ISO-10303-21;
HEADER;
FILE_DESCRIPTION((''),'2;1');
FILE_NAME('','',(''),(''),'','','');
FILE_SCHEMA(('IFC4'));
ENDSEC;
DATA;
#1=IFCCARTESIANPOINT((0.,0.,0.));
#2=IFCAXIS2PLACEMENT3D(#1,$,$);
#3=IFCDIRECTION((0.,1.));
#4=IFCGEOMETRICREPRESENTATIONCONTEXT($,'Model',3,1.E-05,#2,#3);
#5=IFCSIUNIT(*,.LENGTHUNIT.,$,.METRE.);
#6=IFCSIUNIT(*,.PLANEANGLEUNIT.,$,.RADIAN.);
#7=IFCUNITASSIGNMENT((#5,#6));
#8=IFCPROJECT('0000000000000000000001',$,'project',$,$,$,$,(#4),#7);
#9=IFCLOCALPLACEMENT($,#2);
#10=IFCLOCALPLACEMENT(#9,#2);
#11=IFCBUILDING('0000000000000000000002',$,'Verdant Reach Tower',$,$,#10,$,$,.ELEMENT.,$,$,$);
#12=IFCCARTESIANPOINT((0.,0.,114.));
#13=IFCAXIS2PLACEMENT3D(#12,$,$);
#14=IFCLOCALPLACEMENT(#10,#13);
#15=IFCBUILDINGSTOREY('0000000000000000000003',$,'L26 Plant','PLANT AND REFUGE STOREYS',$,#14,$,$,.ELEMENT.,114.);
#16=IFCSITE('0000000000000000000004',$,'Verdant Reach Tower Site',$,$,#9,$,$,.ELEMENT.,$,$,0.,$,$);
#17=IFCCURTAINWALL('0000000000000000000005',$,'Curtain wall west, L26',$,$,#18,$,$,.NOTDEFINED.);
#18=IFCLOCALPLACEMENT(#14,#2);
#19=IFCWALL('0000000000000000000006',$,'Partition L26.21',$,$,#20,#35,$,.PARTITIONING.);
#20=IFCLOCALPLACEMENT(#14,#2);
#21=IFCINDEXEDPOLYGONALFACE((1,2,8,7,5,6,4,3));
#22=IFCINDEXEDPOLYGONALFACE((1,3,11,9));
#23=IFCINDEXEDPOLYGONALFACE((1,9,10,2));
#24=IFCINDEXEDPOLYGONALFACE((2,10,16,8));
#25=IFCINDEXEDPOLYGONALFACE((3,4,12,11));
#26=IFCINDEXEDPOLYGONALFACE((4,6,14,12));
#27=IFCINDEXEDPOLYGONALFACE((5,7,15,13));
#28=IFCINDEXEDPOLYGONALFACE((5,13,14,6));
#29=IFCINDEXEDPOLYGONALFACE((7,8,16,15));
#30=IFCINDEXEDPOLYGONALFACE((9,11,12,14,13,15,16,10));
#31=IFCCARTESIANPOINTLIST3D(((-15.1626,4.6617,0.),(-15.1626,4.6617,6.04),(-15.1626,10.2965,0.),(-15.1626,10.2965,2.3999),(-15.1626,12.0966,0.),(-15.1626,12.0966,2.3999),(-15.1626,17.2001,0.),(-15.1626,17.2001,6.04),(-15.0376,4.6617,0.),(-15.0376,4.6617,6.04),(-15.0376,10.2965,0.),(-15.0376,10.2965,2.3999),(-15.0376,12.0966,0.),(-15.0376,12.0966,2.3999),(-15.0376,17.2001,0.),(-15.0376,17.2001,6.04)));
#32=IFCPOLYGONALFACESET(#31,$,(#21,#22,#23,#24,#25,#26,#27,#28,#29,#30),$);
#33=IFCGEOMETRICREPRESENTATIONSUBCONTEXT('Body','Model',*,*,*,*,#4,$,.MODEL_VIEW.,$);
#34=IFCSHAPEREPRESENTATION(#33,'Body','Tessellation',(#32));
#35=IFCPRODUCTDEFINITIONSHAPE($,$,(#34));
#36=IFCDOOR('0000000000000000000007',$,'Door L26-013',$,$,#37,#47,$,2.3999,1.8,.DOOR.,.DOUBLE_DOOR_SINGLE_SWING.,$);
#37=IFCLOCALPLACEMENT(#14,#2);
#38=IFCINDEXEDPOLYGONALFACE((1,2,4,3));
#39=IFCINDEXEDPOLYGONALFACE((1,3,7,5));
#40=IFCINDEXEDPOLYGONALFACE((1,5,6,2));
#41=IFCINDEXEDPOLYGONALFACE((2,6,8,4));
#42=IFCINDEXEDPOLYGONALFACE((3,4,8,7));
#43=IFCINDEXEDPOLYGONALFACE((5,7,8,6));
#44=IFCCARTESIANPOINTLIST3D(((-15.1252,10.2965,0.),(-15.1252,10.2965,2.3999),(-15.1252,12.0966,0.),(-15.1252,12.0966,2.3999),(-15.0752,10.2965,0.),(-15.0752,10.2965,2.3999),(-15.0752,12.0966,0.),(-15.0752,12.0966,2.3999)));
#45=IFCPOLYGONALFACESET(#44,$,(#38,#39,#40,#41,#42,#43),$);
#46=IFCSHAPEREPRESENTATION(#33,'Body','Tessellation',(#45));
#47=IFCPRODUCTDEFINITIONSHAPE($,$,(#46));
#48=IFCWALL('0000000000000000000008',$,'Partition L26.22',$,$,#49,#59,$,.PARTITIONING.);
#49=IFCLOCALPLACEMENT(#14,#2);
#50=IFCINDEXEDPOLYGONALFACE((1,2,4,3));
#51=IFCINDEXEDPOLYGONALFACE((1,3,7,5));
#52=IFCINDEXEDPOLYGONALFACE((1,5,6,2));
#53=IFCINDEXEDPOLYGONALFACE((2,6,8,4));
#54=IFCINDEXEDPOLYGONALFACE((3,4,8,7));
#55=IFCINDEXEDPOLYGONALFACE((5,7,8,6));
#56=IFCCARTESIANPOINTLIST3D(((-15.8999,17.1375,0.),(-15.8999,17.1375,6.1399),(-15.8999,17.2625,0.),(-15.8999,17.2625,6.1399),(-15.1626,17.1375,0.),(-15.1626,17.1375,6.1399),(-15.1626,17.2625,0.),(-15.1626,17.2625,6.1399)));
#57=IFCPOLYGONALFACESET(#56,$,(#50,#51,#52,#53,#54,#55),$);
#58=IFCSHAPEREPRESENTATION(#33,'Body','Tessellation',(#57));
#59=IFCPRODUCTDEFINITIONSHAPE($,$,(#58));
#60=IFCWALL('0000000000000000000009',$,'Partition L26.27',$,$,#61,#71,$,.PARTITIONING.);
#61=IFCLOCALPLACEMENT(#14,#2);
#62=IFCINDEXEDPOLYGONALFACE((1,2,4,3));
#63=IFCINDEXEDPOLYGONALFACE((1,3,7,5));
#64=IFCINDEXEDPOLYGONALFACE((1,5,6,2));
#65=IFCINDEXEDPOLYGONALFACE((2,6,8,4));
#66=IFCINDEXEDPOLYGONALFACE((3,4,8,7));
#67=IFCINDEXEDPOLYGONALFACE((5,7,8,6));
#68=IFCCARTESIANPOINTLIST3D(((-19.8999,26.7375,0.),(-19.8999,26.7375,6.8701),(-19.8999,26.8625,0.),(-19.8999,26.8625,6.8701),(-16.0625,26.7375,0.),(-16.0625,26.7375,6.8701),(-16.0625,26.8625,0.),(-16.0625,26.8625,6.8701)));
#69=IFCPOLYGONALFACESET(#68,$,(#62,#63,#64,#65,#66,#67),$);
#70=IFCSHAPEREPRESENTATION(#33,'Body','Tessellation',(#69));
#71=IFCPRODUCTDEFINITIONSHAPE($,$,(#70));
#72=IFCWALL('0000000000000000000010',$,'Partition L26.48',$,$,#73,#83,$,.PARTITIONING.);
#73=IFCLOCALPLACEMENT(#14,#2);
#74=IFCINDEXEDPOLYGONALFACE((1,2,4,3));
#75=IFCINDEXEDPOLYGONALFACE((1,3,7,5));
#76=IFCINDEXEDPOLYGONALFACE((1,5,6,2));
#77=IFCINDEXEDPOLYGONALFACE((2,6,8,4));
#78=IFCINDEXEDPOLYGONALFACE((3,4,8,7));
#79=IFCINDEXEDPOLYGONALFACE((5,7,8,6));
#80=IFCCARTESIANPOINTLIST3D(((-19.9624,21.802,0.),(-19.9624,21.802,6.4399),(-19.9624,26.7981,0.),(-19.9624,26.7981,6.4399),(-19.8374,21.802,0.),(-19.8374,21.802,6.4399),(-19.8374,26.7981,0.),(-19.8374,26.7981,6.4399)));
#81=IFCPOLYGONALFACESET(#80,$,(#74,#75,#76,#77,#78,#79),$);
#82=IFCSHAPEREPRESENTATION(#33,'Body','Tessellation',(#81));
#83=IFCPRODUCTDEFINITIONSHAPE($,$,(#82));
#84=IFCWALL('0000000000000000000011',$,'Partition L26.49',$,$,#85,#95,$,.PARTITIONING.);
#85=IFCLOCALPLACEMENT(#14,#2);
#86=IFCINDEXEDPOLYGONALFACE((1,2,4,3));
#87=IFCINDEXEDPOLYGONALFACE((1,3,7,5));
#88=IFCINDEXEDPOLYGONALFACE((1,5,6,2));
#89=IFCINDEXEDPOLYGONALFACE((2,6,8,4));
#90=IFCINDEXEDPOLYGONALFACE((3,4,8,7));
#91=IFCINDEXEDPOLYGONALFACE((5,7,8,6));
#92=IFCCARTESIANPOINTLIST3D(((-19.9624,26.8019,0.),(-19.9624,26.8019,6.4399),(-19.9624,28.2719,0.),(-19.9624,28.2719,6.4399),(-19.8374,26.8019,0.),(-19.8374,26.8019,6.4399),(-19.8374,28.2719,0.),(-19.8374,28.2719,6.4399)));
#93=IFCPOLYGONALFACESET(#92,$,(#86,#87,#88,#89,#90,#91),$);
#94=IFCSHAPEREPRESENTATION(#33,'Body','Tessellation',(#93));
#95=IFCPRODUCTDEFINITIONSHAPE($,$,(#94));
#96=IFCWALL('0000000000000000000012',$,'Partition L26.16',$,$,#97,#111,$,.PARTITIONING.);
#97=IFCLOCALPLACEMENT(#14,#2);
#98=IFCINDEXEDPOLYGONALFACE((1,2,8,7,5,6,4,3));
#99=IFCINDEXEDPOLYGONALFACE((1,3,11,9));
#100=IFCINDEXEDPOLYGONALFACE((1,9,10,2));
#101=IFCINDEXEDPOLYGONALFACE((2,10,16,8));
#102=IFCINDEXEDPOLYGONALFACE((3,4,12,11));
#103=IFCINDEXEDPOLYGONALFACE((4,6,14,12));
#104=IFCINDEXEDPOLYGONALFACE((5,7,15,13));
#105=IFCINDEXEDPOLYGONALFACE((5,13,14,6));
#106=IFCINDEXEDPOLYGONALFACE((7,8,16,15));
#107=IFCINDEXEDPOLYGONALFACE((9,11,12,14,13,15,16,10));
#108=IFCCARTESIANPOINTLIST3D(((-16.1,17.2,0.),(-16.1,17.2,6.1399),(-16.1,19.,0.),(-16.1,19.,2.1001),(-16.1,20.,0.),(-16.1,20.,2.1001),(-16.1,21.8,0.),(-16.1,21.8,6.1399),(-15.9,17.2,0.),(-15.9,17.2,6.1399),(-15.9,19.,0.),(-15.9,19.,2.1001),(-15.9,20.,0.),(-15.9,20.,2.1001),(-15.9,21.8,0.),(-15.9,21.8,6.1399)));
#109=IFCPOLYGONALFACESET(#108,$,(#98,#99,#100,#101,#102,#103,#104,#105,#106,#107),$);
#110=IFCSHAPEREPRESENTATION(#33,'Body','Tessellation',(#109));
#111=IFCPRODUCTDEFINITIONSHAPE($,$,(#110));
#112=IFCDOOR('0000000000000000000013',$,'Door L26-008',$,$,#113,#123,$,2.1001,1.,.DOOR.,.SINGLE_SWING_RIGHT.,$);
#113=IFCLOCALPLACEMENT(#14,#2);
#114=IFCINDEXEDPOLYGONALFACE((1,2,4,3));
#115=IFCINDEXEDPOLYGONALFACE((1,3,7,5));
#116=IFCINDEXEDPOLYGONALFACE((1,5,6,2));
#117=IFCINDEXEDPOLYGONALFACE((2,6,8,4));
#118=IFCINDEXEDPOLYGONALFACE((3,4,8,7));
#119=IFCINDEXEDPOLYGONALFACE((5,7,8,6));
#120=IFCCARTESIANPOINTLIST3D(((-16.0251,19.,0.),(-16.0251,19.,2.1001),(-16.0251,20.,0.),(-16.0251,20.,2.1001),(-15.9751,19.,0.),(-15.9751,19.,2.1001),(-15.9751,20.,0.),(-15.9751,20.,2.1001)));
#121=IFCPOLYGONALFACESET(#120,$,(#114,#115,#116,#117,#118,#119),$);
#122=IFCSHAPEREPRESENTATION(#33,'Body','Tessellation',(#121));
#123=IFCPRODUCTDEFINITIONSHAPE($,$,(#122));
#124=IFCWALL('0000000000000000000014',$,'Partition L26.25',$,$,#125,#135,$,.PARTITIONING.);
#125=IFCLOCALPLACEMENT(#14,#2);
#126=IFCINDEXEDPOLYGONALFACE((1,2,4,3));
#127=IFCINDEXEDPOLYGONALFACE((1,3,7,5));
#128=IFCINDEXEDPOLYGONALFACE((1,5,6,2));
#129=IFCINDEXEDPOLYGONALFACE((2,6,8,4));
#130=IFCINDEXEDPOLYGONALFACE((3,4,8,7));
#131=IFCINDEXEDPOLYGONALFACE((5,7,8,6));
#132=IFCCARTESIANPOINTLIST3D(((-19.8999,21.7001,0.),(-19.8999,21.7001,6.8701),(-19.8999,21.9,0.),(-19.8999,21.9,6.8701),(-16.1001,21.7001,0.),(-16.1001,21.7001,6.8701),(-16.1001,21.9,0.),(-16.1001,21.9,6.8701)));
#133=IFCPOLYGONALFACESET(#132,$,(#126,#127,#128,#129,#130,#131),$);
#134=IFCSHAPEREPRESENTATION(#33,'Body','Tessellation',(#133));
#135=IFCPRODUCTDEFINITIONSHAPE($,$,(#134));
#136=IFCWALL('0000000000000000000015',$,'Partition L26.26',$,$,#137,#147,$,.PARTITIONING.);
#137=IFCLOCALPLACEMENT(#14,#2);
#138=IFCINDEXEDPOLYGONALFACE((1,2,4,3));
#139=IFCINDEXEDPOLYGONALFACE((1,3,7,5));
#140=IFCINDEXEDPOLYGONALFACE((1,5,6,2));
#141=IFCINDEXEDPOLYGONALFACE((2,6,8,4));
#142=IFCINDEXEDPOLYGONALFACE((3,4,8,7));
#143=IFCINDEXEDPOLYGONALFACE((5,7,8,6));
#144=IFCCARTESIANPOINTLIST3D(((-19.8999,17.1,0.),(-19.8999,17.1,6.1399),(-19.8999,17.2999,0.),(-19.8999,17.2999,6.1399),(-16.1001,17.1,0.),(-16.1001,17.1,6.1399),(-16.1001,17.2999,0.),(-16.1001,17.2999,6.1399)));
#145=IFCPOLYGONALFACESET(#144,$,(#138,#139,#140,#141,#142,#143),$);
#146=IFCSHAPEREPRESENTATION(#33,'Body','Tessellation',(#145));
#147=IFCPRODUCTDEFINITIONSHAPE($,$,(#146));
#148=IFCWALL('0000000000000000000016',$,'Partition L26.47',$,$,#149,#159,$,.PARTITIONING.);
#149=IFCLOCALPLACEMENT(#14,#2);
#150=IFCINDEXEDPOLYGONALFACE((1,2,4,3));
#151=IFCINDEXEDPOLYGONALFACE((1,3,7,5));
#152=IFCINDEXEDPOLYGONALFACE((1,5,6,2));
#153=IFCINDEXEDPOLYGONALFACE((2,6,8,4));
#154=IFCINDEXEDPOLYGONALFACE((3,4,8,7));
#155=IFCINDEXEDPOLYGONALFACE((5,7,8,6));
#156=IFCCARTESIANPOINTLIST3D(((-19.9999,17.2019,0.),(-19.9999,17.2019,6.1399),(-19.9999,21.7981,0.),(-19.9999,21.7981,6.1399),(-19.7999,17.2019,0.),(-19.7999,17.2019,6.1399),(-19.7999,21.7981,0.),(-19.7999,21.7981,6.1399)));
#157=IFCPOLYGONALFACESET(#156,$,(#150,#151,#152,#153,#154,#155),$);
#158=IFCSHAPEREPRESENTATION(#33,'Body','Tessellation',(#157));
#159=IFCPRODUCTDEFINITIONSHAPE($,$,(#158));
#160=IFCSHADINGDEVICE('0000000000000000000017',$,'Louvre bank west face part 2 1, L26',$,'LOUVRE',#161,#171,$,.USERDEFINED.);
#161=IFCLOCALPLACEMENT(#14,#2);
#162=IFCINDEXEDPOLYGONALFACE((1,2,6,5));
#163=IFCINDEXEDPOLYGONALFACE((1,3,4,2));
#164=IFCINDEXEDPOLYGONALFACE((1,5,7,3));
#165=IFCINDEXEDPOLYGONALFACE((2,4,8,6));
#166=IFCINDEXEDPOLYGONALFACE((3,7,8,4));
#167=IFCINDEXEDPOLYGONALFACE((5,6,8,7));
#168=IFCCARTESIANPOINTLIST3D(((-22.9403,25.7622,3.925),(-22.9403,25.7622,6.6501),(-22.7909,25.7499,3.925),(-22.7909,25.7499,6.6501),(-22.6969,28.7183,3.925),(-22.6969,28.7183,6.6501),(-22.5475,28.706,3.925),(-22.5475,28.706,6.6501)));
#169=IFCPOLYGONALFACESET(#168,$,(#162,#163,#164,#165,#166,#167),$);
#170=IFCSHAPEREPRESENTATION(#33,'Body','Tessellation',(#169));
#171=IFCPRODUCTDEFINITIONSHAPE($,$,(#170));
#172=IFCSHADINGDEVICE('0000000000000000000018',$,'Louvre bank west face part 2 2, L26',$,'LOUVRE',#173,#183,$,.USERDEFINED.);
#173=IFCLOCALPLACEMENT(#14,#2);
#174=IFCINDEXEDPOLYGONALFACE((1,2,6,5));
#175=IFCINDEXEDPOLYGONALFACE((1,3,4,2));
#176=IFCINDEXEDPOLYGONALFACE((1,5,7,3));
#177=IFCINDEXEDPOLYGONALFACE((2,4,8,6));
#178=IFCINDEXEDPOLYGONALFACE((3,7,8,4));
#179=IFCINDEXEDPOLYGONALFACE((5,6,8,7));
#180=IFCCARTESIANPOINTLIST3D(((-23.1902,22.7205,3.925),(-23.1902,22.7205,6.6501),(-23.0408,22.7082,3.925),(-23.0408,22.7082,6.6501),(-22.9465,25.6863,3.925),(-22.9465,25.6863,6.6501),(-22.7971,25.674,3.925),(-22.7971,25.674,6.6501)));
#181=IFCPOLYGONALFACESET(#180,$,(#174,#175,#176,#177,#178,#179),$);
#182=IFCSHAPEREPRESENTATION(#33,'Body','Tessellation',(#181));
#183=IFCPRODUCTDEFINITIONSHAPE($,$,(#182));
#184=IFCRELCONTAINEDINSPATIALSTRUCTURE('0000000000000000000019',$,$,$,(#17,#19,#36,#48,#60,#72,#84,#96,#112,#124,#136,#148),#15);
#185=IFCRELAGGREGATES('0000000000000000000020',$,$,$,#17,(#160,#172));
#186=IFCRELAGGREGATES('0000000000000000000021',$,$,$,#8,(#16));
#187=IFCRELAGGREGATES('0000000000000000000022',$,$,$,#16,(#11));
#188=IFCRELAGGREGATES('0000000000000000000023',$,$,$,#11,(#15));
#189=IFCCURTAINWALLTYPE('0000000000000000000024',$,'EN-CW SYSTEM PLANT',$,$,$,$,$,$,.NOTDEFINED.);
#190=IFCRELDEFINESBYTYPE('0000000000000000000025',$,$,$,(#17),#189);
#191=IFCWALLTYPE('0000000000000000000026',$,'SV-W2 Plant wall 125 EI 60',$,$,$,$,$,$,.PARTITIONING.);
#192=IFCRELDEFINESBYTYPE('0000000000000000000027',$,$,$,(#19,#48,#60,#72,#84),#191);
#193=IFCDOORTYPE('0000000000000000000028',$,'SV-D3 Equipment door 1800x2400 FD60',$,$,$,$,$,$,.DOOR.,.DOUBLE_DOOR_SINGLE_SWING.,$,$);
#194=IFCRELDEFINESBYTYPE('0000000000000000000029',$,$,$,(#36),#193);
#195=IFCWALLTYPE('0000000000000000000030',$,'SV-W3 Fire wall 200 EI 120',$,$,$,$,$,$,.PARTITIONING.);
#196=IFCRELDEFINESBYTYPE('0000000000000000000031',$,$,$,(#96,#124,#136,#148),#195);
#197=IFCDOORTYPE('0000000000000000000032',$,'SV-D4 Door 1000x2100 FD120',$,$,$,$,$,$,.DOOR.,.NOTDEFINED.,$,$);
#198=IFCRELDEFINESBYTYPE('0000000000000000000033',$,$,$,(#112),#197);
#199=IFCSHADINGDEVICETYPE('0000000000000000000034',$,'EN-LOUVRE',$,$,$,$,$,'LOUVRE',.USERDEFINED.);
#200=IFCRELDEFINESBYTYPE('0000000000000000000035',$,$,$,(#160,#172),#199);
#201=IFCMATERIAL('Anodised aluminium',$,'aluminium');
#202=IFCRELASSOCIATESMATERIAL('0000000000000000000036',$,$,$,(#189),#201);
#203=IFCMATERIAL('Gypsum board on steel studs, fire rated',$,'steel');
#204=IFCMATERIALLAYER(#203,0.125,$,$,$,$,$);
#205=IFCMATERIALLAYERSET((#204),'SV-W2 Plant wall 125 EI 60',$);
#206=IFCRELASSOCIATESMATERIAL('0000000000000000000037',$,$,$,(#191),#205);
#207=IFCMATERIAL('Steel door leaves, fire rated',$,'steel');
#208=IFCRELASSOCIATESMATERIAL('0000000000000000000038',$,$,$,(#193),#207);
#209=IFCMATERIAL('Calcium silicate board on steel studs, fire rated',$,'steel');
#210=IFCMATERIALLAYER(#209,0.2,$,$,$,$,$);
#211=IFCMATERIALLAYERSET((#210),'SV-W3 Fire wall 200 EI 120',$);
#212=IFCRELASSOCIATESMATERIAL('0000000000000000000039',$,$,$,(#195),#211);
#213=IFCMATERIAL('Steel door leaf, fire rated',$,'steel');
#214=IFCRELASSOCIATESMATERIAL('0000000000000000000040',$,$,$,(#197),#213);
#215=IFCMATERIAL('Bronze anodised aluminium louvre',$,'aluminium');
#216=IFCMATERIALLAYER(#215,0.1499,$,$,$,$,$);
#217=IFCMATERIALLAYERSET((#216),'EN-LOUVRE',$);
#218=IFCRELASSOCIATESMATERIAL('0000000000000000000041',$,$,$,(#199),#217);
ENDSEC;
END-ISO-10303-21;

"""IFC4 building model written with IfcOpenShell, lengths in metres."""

from ifc_helpers import new_model, si_unit, direction, frame, frame_2d, origin, origin_2d, place, context, subcontext, project, spatial, rectangle, extrude, material, layer, layer_set, type_object, element, fill, aggregate, save


model = new_model("IFC4")

# Units and contexts
model_context = context("Model", 3, precision=1e-05, world=origin(), true_north=direction((0.0, 1.0)))
body_context = subcontext(model_context, "Body", "Model", "MODEL_VIEW")
ifc_project = project(units=[si_unit("LENGTHUNIT", "METRE"), si_unit("PLANEANGLEUNIT", "RADIAN")], contexts=[model_context])

# Site, building, storey
site_placement = place(None, origin())
site = spatial("IfcSite", under=ifc_project, at=site_placement, Name="Verdant Reach Tower Site", CompositionType="ELEMENT", RefElevation=0.0)
building_placement = place(site_placement, origin())
building = spatial("IfcBuilding", under=site, at=building_placement, Name="Verdant Reach Tower", CompositionType="ELEMENT")
storey_placement = place(building_placement, frame((0.0, 0.0, 114.0)))
storey = spatial("IfcBuildingStorey", under=building, at=storey_placement, Name="L26 Plant", Description="PLANT AND REFUGE STOREYS", CompositionType="ELEMENT", Elevation=114.0)

# Curtain wall
ifc_material_1 = material(Name="Anodised aluminium", Category="aluminium")
curtain_wall_type = type_object("IfcCurtainWallType", Name="EN-CW SYSTEM PLANT", PredefinedType="NOTDEFINED", material=ifc_material_1)
curtain_wall_placement = place(storey_placement, origin())
curtain_wall = element("IfcCurtainWall", 1, at=curtain_wall_placement, inside=storey, type_object=curtain_wall_type, Name="Curtain wall west, L26", PredefinedType="NOTDEFINED")

# Wall, opening, door
ifc_material_2 = material(Name="Gypsum board on steel studs, fire rated", Category="steel")
ifc_layer_1 = layer(ifc_material_2, 0.125)
ifc_layer_set_1 = layer_set([ifc_layer_1], Name="SV-W2 Plant wall 125 EI 60")
wall_type_1 = type_object("IfcWallType", Name="SV-W2 Plant wall 125 EI 60", PredefinedType="PARTITIONING", material=ifc_layer_set_1)
ifc_material_3 = material(Name="Steel door leaves, fire rated", Category="steel")
door_type_1 = type_object("IfcDoorType", Name="SV-D3 Equipment door 1800x2400 FD60", OperationType="DOUBLE_DOOR_SINGLE_SWING", PredefinedType="DOOR", material=ifc_material_3)
wall_1_placement = place(storey_placement, frame((-15.1001, 17.2, 0.0), z_axis=(0.0, 0.0, 1.0), x_axis=(0.0, -1.0, 0.0)))
wall_1 = element("IfcWall", 2, at=wall_1_placement, inside=storey, type_object=wall_type_1, Name="Partition L26.21", PredefinedType="PARTITIONING", context=body_context, shape_type="SweptSolid", body=[
    extrude(rectangle(XDim=12.5383, YDim=0.125, at=frame_2d((6.269, 0.0))), origin(), (0.0, 0.0, 1.0), 6.04),
])
opening_1_placement = place(wall_1_placement, frame((5.1035, 0.0, 0.0)))
opening_1 = element("IfcOpeningElement", 3, at=opening_1_placement, cuts=wall_1, PredefinedType="OPENING", context=body_context, shape_type="SweptSolid", body=[
    extrude(rectangle(XDim=1.8, YDim=2.3999, at=frame_2d((0.8999, 1.2))), frame((0.0, 0.0725, 0.0), z_axis=(0.0, -1.0, 0.0), x_axis=(1.0, 0.0, 0.0)), (0.0, 0.0, 1.0), 0.145),
])
door_1_placement = place(opening_1_placement, origin())
door_1 = element("IfcDoor", 4, at=door_1_placement, inside=storey, type_object=door_type_1, Name="Door L26-013", OperationType="DOUBLE_DOOR_SINGLE_SWING", OverallHeight=2.3999, OverallWidth=1.8, PredefinedType="DOOR", context=body_context, shape_type="SweptSolid", body=[
    extrude(rectangle(XDim=1.8, YDim=2.3999, at=frame_2d((0.8999, 1.2))), frame((0.0, 0.0249, 0.0), z_axis=(0.0, -1.0, 0.0), x_axis=(1.0, 0.0, 0.0)), (0.0, 0.0, 1.0), 0.05),
])
fill(opening_1, door_1)

# Walls
wall_2_placement = place(storey_placement, frame((-15.1626, 17.2, 0.0), z_axis=(0.0, 0.0, 1.0), x_axis=(-1.0, 0.0, 0.0)))
element("IfcWall", 5, at=wall_2_placement, inside=storey, type_object=wall_type_1, Name="Partition L26.22", PredefinedType="PARTITIONING", context=body_context, shape_type="SweptSolid", body=[
    extrude(rectangle(XDim=0.7373, YDim=0.125, at=frame_2d((0.3687, 0.0))), origin(), (0.0, 0.0, 1.0), 6.1399),
])
wall_3_placement = place(storey_placement, frame((-19.8999, 26.8, 0.0), z_axis=(0.0, 0.0, 1.0), x_axis=(1.0, 0.0, 0.0)))
element("IfcWall", 6, at=wall_3_placement, inside=storey, type_object=wall_type_1, Name="Partition L26.27", PredefinedType="PARTITIONING", context=body_context, shape_type="SweptSolid", body=[
    extrude(rectangle(XDim=3.8374, YDim=0.125, at=frame_2d((1.9187, 0.0))), origin(), (0.0, 0.0, 1.0), 6.8701),
])
wall_4_placement = place(storey_placement, frame((-19.8999, 21.802, 0.0), z_axis=(0.0, 0.0, 1.0), x_axis=(0.0, 1.0, 0.0)))
element("IfcWall", 7, at=wall_4_placement, inside=storey, type_object=wall_type_1, Name="Partition L26.48", PredefinedType="PARTITIONING", context=body_context, shape_type="SweptSolid", body=[
    extrude(rectangle(XDim=4.9961, YDim=0.125, at=frame_2d((2.498, 0.0))), origin(), (0.0, 0.0, 1.0), 6.4399),
])
wall_5_placement = place(storey_placement, frame((-19.8999, 26.802, 0.0), z_axis=(0.0, 0.0, 1.0), x_axis=(0.0, 1.0, 0.0)))
element("IfcWall", 8, at=wall_5_placement, inside=storey, type_object=wall_type_1, Name="Partition L26.49", PredefinedType="PARTITIONING", context=body_context, shape_type="SweptSolid", body=[
    extrude(rectangle(XDim=1.47, YDim=0.125, at=frame_2d((0.7349, 0.0))), origin(), (0.0, 0.0, 1.0), 6.4399),
])

# Wall, opening, door
ifc_material_4 = material(Name="Calcium silicate board on steel studs, fire rated", Category="steel")
ifc_layer_2 = layer(ifc_material_4, 0.2)
ifc_layer_set_2 = layer_set([ifc_layer_2], Name="SV-W3 Fire wall 200 EI 120")
wall_type_2 = type_object("IfcWallType", Name="SV-W3 Fire wall 200 EI 120", PredefinedType="PARTITIONING", material=ifc_layer_set_2)
wall_6_placement = place(storey_placement, frame((-16.0, 21.8, 0.0), z_axis=(0.0, 0.0, 1.0), x_axis=(0.0, -1.0, 0.0)))
wall_6 = element("IfcWall", 9, at=wall_6_placement, inside=storey, type_object=wall_type_2, Name="Partition L26.16", PredefinedType="PARTITIONING", context=body_context, shape_type="SweptSolid", body=[
    extrude(rectangle(XDim=4.6001, YDim=0.2, at=frame_2d((2.3, 0.0))), origin(), (0.0, 0.0, 1.0), 6.1399),
])
opening_2_placement = place(wall_6_placement, frame((1.8, 0.0, 0.0)))
opening_2 = element("IfcOpeningElement", 10, at=opening_2_placement, cuts=wall_6, PredefinedType="OPENING", context=body_context, shape_type="SweptSolid", body=[
    extrude(rectangle(XDim=1.0, YDim=2.1001, at=frame_2d((0.5, 1.05))), frame((0.0, 0.1099, 0.0), z_axis=(0.0, -1.0, 0.0), x_axis=(1.0, 0.0, 0.0)), (0.0, 0.0, 1.0), 0.22),
])
ifc_material_5 = material(Name="Steel door leaf, fire rated", Category="steel")
door_type_2 = type_object("IfcDoorType", Name="SV-D4 Door 1000x2100 FD120", OperationType="NOTDEFINED", PredefinedType="DOOR", material=ifc_material_5)
door_2_placement = place(opening_2_placement, origin())
door_2 = element("IfcDoor", 11, at=door_2_placement, inside=storey, type_object=door_type_2, Name="Door L26-008", OperationType="SINGLE_SWING_RIGHT", OverallHeight=2.1001, OverallWidth=1.0, PredefinedType="DOOR", context=body_context, shape_type="SweptSolid", body=[
    extrude(rectangle(XDim=1.0, YDim=2.1001, at=frame_2d((0.5, 1.05))), frame((0.0, 0.0249, 0.0), z_axis=(0.0, -1.0, 0.0), x_axis=(1.0, 0.0, 0.0)), (0.0, 0.0, 1.0), 0.05),
])
fill(opening_2, door_2)

# Walls
wall_7_placement = place(storey_placement, frame((-19.8999, 21.8, 0.0), z_axis=(0.0, 0.0, 1.0), x_axis=(1.0, 0.0, 0.0)))
element("IfcWall", 12, at=wall_7_placement, inside=storey, type_object=wall_type_2, Name="Partition L26.25", PredefinedType="PARTITIONING", context=body_context, shape_type="SweptSolid", body=[
    extrude(rectangle(XDim=3.7998, YDim=0.2, at=frame_2d((1.8999, 0.0))), origin(), (0.0, 0.0, 1.0), 6.8701),
])
wall_8_placement = place(storey_placement, frame((-16.1001, 17.2, 0.0), z_axis=(0.0, 0.0, 1.0), x_axis=(-1.0, 0.0, 0.0)))
element("IfcWall", 13, at=wall_8_placement, inside=storey, type_object=wall_type_2, Name="Partition L26.26", PredefinedType="PARTITIONING", context=body_context, shape_type="SweptSolid", body=[
    extrude(rectangle(XDim=3.7998, YDim=0.2, at=frame_2d((1.8999, 0.0))), origin(), (0.0, 0.0, 1.0), 6.1399),
])
wall_9_placement = place(storey_placement, frame((-19.8999, 17.2019, 0.0), z_axis=(0.0, 0.0, 1.0), x_axis=(0.0, 1.0, 0.0)))
element("IfcWall", 14, at=wall_9_placement, inside=storey, type_object=wall_type_2, Name="Partition L26.47", PredefinedType="PARTITIONING", context=body_context, shape_type="SweptSolid", body=[
    extrude(rectangle(XDim=4.5962, YDim=0.2, at=frame_2d((2.2981, 0.0))), origin(), (0.0, 0.0, 1.0), 6.1399),
])

# Shading devices
ifc_material_6 = material(Name="Bronze anodised aluminium louvre", Category="aluminium")
ifc_layer_3 = layer(ifc_material_6, 0.1499)
ifc_layer_set_3 = layer_set([ifc_layer_3], Name="EN-LOUVRE")
shading_device_type = type_object("IfcShadingDeviceType", Name="EN-LOUVRE", ElementType="LOUVRE", PredefinedType="USERDEFINED", material=ifc_layer_set_3)
shading_device_1_placement = place(storey_placement, frame((-22.7439, 27.2341, 3.925), z_axis=(0.0, 0.0, 1.0), x_axis=(-0.082047, -0.996628, 0.0)))
shading_device_1 = element("IfcShadingDevice", 15, at=shading_device_1_placement, type_object=shading_device_type, Name="Louvre bank west face part 2 1, L26", ObjectType="LOUVRE", PredefinedType="USERDEFINED", context=body_context, shape_type="SweptSolid", body=[
    extrude(rectangle(XDim=2.9661, YDim=0.1499, at=origin_2d()), origin(), (0.0, 0.0, 1.0), 2.7251),
])
shading_device_2_placement = place(storey_placement, frame((-22.9937, 24.1973, 3.925), z_axis=(0.0, 0.0, 1.0), x_axis=(-0.081916, -0.996639, 0.0)))
shading_device_2 = element("IfcShadingDevice", 16, at=shading_device_2_placement, type_object=shading_device_type, Name="Louvre bank west face part 2 2, L26", ObjectType="LOUVRE", PredefinedType="USERDEFINED", context=body_context, shape_type="SweptSolid", body=[
    extrude(rectangle(XDim=2.9758, YDim=0.1499, at=origin_2d()), origin(), (0.0, 0.0, 1.0), 2.7251),
])
aggregate(curtain_wall, [shading_device_1, shading_device_2])

save(model, "model.ifc")
